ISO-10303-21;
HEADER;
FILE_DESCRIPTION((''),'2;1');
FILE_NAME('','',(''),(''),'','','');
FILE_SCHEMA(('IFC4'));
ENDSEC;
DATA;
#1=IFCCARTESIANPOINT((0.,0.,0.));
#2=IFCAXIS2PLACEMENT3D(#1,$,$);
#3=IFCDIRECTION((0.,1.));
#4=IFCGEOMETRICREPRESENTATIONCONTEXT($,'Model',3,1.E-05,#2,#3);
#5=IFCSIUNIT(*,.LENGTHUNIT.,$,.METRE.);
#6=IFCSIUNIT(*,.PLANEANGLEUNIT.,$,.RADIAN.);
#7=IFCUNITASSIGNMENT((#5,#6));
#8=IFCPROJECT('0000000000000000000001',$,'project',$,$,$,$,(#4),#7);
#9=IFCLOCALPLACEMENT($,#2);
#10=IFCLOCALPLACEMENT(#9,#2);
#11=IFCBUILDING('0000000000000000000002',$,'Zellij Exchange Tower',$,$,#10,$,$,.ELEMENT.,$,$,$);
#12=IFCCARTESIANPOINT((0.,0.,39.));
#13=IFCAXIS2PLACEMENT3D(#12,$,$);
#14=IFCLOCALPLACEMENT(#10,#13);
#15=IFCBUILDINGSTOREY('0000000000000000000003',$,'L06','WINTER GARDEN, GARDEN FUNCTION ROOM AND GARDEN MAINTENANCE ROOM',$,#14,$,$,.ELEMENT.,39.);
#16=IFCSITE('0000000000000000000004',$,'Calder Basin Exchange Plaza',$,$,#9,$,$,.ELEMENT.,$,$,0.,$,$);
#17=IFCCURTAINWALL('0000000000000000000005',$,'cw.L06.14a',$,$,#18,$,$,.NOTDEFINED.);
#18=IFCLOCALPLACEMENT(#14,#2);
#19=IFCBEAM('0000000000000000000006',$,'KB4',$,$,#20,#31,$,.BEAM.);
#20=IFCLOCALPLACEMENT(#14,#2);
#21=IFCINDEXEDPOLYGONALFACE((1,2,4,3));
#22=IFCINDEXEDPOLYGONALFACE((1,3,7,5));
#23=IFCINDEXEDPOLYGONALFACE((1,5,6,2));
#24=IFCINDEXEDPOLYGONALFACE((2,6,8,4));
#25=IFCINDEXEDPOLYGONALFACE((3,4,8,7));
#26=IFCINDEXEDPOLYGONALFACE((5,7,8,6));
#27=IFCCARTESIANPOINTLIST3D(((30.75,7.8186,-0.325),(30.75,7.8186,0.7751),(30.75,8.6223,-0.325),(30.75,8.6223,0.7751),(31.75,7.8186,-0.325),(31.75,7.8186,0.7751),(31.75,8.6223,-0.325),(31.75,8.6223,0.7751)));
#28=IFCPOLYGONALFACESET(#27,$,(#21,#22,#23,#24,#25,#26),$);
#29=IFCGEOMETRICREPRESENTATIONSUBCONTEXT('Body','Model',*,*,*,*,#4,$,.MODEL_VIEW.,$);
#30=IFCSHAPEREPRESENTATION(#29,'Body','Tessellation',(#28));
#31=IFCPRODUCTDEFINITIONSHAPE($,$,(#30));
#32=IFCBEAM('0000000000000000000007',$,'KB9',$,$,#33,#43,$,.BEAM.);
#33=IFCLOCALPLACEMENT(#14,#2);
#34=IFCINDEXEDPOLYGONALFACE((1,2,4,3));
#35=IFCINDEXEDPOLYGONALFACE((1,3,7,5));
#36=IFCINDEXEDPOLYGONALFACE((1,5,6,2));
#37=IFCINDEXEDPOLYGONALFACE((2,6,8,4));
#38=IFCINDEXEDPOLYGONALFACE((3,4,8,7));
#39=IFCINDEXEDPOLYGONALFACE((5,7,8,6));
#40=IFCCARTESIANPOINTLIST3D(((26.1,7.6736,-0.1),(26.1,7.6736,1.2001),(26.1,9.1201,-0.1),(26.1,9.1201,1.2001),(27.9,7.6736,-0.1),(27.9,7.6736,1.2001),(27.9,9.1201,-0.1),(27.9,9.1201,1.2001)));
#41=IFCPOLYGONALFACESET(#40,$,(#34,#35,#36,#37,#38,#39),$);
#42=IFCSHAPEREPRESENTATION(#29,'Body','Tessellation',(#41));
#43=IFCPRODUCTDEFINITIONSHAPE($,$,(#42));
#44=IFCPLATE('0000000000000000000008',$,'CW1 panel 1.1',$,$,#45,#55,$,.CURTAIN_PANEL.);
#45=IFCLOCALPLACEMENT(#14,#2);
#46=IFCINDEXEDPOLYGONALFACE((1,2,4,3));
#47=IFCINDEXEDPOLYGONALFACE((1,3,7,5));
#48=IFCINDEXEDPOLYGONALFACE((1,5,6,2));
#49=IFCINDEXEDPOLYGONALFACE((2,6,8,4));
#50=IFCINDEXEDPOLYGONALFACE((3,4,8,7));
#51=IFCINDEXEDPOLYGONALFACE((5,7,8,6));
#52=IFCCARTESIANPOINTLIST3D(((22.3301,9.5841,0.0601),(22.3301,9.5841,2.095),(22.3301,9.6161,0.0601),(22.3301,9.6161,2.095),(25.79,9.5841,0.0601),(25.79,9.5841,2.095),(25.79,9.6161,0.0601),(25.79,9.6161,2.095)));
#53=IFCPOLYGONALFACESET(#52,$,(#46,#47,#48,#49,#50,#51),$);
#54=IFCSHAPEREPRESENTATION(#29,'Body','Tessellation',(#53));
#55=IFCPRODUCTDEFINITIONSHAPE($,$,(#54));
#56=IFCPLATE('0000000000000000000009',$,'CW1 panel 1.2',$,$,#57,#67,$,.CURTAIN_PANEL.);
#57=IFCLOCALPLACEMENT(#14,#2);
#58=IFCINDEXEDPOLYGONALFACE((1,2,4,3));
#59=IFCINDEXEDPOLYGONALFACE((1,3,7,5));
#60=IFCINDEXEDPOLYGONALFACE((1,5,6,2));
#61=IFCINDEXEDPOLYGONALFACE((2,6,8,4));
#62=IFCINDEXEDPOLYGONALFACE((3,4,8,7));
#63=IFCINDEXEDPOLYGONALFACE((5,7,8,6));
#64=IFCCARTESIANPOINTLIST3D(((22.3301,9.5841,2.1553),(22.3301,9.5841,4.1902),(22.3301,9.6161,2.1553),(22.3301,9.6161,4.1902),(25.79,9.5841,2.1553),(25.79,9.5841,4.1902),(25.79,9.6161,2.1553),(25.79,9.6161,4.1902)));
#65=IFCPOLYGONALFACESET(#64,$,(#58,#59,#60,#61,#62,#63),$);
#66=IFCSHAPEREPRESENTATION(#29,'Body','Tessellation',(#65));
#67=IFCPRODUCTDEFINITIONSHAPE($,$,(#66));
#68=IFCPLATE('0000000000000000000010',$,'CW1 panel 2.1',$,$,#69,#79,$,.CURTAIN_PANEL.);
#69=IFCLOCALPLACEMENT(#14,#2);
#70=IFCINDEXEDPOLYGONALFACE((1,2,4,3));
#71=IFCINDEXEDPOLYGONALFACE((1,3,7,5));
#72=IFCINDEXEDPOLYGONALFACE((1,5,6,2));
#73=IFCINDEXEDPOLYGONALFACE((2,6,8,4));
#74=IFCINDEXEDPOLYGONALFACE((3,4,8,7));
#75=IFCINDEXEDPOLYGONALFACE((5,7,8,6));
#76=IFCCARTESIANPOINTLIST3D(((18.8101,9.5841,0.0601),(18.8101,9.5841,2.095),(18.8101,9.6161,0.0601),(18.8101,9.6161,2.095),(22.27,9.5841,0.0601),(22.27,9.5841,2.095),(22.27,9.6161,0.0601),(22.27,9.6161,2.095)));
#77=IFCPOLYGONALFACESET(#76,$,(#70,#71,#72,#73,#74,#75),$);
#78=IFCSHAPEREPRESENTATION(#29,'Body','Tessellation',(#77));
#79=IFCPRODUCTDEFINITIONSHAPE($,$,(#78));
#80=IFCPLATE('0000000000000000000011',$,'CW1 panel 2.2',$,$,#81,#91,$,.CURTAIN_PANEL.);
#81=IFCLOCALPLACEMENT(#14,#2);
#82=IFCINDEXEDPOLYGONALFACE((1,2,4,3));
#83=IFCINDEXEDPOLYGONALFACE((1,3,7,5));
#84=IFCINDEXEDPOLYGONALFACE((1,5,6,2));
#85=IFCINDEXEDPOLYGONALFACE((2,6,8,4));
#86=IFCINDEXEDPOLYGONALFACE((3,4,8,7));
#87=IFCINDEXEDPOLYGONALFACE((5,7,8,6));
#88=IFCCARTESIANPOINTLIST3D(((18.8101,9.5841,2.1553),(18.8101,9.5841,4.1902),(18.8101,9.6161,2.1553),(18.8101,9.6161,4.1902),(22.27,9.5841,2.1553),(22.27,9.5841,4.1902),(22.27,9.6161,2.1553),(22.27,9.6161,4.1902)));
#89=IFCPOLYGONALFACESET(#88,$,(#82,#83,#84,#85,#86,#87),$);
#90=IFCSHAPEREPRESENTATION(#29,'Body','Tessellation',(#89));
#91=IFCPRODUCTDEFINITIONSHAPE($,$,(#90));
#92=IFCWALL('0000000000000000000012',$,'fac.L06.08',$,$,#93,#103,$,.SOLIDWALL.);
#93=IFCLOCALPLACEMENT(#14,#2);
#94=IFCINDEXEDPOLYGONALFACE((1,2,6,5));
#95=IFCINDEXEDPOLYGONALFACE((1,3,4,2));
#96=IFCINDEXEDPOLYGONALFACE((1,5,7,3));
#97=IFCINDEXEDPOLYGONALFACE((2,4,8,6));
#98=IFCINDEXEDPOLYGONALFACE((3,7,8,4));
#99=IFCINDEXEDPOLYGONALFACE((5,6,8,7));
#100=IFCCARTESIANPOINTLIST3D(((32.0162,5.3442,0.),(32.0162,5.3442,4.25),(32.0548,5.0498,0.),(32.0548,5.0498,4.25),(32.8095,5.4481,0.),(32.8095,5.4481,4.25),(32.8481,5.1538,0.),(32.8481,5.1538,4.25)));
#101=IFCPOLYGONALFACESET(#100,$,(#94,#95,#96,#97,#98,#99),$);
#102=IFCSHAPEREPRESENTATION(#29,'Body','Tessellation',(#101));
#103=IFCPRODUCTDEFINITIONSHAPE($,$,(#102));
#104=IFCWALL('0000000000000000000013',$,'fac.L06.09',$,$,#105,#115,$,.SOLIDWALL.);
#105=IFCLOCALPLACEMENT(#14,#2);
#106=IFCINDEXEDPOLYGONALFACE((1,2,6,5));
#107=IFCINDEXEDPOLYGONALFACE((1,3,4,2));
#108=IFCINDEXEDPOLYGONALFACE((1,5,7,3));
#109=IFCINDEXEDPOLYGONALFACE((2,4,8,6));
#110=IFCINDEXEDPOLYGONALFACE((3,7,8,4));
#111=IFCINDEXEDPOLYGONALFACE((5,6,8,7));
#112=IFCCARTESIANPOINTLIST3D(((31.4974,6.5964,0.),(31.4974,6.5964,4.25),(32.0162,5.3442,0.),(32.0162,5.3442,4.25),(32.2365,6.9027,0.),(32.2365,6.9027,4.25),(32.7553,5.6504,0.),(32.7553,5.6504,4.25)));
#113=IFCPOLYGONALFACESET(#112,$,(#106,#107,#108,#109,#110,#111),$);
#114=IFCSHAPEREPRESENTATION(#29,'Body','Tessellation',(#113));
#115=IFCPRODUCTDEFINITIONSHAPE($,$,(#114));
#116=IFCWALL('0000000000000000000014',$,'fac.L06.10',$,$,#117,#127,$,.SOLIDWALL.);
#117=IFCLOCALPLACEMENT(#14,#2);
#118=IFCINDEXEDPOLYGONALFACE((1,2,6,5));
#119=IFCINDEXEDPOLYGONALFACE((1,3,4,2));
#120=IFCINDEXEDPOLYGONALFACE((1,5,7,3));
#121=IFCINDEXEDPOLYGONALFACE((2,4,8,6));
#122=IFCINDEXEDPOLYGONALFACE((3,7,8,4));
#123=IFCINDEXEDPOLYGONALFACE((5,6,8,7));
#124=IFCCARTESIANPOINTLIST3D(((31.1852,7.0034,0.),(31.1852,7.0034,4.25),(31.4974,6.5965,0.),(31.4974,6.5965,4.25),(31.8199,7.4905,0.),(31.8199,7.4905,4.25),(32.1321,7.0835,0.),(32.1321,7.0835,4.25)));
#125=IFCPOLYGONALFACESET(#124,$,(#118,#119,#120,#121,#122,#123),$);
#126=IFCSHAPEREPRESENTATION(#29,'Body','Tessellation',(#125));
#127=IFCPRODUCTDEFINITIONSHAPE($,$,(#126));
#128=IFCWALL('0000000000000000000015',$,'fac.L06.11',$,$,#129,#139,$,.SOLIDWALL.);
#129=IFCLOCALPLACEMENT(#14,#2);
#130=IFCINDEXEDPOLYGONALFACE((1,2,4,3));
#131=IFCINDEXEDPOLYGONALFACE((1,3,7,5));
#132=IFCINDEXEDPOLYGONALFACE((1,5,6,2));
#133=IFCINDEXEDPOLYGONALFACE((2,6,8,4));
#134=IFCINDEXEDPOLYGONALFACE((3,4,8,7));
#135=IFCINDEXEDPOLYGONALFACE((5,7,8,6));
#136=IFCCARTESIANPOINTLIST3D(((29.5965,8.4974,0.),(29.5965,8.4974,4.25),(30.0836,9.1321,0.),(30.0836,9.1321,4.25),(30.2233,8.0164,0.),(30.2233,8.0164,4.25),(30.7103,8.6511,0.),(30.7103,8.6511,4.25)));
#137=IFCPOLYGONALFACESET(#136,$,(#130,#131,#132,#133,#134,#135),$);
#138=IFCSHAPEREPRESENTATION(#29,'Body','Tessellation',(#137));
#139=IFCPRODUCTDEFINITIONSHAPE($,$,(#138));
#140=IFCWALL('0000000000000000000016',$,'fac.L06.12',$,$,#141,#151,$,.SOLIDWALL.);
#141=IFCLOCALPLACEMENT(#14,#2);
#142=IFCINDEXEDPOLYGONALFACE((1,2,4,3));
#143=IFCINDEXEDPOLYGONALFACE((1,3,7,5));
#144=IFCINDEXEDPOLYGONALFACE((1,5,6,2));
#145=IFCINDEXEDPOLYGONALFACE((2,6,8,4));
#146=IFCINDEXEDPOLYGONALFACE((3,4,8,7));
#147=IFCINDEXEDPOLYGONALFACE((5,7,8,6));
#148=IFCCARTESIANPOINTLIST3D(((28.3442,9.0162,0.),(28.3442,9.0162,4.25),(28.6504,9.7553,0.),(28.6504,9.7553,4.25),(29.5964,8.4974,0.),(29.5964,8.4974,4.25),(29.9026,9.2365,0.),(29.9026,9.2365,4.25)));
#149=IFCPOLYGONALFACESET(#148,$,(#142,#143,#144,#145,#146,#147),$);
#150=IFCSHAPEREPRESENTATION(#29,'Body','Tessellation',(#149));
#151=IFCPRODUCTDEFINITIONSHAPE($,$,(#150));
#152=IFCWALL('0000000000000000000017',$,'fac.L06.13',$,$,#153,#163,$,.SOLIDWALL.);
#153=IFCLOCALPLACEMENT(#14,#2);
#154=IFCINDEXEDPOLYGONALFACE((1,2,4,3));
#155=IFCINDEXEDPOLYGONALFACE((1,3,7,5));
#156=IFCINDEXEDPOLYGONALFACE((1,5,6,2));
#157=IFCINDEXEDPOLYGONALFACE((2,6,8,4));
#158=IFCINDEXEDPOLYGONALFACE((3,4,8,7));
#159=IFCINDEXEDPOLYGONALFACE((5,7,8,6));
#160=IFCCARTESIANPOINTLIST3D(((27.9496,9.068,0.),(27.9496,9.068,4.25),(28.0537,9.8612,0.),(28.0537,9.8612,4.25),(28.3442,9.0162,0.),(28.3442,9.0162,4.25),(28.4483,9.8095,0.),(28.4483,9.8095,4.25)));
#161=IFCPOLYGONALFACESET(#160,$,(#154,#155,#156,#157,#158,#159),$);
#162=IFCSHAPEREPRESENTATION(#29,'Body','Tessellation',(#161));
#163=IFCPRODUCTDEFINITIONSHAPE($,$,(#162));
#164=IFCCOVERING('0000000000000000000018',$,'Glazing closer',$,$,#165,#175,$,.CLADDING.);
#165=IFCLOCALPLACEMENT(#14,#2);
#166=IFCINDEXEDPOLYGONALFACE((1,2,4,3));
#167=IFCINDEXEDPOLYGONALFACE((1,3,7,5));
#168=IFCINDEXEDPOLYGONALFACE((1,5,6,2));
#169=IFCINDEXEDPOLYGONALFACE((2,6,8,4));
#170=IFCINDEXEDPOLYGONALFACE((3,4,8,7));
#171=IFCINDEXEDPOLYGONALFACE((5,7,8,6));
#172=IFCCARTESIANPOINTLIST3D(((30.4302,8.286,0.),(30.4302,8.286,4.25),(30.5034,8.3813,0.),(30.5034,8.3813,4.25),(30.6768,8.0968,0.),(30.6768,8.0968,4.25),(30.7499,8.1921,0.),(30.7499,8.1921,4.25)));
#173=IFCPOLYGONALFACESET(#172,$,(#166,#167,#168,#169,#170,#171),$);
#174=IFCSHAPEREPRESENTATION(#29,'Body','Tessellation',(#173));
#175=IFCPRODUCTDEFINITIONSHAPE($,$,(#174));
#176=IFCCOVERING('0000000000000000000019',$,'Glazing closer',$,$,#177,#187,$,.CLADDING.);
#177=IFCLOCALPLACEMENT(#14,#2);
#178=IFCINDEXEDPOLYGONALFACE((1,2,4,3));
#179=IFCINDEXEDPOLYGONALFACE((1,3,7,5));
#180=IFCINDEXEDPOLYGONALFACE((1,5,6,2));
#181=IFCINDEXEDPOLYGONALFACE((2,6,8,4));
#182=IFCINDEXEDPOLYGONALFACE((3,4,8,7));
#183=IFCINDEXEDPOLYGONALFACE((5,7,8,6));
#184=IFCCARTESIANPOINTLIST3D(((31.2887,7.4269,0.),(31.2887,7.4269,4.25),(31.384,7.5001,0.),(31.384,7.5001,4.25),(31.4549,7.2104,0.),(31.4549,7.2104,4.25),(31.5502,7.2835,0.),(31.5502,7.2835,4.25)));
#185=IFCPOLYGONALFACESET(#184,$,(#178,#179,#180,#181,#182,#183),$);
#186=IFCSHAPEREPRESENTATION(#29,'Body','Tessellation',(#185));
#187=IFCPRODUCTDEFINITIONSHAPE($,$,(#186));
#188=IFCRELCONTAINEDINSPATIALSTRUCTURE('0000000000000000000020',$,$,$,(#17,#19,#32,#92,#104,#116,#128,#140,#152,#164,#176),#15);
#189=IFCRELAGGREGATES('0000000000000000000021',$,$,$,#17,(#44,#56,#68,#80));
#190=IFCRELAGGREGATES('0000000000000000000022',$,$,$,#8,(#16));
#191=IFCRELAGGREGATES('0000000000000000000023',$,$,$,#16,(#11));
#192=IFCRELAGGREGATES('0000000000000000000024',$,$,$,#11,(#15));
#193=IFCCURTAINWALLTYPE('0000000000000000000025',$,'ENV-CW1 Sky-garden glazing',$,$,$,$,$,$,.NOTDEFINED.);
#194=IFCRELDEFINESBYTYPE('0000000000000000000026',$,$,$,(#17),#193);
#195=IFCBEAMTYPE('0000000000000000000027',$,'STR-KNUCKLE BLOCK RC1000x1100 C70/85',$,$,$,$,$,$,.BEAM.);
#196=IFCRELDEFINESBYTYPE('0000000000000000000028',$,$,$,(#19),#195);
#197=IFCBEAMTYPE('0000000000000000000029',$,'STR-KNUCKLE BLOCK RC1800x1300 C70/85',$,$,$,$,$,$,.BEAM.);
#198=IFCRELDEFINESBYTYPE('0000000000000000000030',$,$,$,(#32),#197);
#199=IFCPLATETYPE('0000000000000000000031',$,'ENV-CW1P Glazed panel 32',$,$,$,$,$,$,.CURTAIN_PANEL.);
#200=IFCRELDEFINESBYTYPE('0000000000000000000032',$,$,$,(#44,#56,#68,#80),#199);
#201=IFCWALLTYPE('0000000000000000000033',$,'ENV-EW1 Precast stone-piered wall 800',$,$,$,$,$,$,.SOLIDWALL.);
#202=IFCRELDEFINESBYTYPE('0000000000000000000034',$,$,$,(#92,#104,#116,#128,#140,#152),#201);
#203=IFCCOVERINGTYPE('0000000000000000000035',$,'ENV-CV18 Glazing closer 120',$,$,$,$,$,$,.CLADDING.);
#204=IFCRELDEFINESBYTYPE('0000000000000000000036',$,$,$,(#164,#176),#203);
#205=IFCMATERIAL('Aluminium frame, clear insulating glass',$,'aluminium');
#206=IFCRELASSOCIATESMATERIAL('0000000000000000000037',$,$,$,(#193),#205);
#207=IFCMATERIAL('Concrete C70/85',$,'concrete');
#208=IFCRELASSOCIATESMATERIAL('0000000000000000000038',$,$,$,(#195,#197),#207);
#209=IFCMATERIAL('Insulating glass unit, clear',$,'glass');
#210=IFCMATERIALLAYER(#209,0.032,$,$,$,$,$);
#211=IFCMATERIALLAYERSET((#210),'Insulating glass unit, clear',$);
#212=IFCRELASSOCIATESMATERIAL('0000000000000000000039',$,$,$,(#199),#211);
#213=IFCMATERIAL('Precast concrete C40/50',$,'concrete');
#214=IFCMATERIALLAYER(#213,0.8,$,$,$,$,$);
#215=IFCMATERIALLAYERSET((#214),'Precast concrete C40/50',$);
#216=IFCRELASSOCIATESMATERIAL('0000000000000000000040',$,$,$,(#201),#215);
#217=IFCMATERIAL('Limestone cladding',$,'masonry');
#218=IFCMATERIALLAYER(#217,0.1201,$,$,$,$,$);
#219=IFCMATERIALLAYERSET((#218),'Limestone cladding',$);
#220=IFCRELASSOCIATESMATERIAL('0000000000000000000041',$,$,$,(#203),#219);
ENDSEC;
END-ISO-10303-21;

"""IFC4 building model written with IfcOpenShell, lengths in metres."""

from ifc_helpers import new_model, si_unit, direction, frame, frame_2d, origin, origin_2d, place, context, subcontext, project, spatial, rectangle, extrude, material, layer, layer_set, material_profile, profile_set, type_object, element, aggregate, save


model = new_model("IFC4")

# Units and contexts
model_context = context("Model", 3, precision=1e-05, world=origin(), true_north=direction((0.0, 1.0)))
body_context = subcontext(model_context, "Body", "Model", "MODEL_VIEW")
ifc_project = project(units=[si_unit("LENGTHUNIT", "METRE"), si_unit("PLANEANGLEUNIT", "RADIAN")], contexts=[model_context])

# Site, building, storey
site_placement = place(None, origin())
site = spatial("IfcSite", under=ifc_project, at=site_placement, Name="Calder Basin Exchange Plaza", CompositionType="ELEMENT", RefElevation=0.0)
building_placement = place(site_placement, origin())
building = spatial("IfcBuilding", under=site, at=building_placement, Name="Zellij Exchange Tower", CompositionType="ELEMENT")
storey_placement = place(building_placement, frame((0.0, 0.0, 39.0)))
storey = spatial("IfcBuildingStorey", under=building, at=storey_placement, Name="L06", Description="WINTER GARDEN, GARDEN FUNCTION ROOM AND GARDEN MAINTENANCE ROOM", CompositionType="ELEMENT", Elevation=39.0)

# Shared definitions
ifc_material_1 = material(Name="Concrete C70/85", Category="concrete")

# Curtain wall
ifc_material_2 = material(Name="Aluminium frame, clear insulating glass", Category="aluminium")
curtain_wall_type = type_object("IfcCurtainWallType", Name="ENV-CW1 Sky-garden glazing", PredefinedType="NOTDEFINED", material=ifc_material_2)
curtain_wall_placement = place(storey_placement, origin())
curtain_wall = element("IfcCurtainWall", 1, at=curtain_wall_placement, inside=storey, type_object=curtain_wall_type, Name="cw.L06.14a", PredefinedType="NOTDEFINED")

# Beams
ifc_material_profile_1 = material_profile(ifc_material_1, rectangle(XDim=1.0, YDim=1.1001, at=origin_2d()), Name="STR-KNUCKLE BLOCK RC1000x1100 C70/85")
ifc_profile_set_1 = profile_set([ifc_material_profile_1], Name="Concrete C70/85")
beam_type_1 = type_object("IfcBeamType", Name="STR-KNUCKLE BLOCK RC1000x1100 C70/85", PredefinedType="BEAM", material=ifc_profile_set_1)
beam_1_placement = place(storey_placement, frame((31.25, 7.8186, 0.2251), z_axis=(0.0, 1.0, 0.0), x_axis=(-1.0, 0.0, 0.0)))
element("IfcBeam", 2, at=beam_1_placement, inside=storey, type_object=beam_type_1, Name="KB4", PredefinedType="BEAM", context=body_context, shape_type="SweptSolid", body=[
    extrude(rectangle(XDim=1.0, YDim=1.1001, at=origin_2d()), origin(), (0.0, 0.0, 1.0), 0.8037),
])
ifc_material_profile_2 = material_profile(ifc_material_1, rectangle(XDim=1.8, YDim=1.3, at=origin_2d()), Name="STR-KNUCKLE BLOCK RC1800x1300 C70/85")
ifc_profile_set_2 = profile_set([ifc_material_profile_2], Name="Concrete C70/85")
beam_type_2 = type_object("IfcBeamType", Name="STR-KNUCKLE BLOCK RC1800x1300 C70/85", PredefinedType="BEAM", material=ifc_profile_set_2)
beam_2_placement = place(storey_placement, frame((27.0, 7.6736, 0.55), z_axis=(0.0, 1.0, 0.0), x_axis=(-1.0, 0.0, 0.0)))
element("IfcBeam", 3, at=beam_2_placement, inside=storey, type_object=beam_type_2, Name="KB9", PredefinedType="BEAM", context=body_context, shape_type="SweptSolid", body=[
    extrude(rectangle(XDim=1.8, YDim=1.3, at=origin_2d()), origin(), (0.0, 0.0, 1.0), 1.4465),
])

# Plates
ifc_material_3 = material(Name="Insulating glass unit, clear", Category="glass")
ifc_layer_1 = layer(ifc_material_3, 0.032)
ifc_layer_set_1 = layer_set([ifc_layer_1], Name="Insulating glass unit, clear")
plate_type = type_object("IfcPlateType", Name="ENV-CW1P Glazed panel 32", PredefinedType="CURTAIN_PANEL", material=ifc_layer_set_1)
plate_1_placement = place(storey_placement, frame((24.0601, 9.6001, 0.0601), z_axis=(0.0, 0.0, 1.0), x_axis=(-1.0, 0.0, 0.0)))
plate_1 = element("IfcPlate", 4, at=plate_1_placement, type_object=plate_type, Name="CW1 panel 1.1", PredefinedType="CURTAIN_PANEL", context=body_context, shape_type="SweptSolid", body=[
    extrude(rectangle(XDim=3.46, YDim=0.032, at=origin_2d()), origin(), (0.0, 0.0, 1.0), 2.0349),
])
plate_2_placement = place(storey_placement, frame((24.0601, 9.6001, 2.1553), z_axis=(0.0, 0.0, 1.0), x_axis=(-1.0, 0.0, 0.0)))
plate_2 = element("IfcPlate", 5, at=plate_2_placement, type_object=plate_type, Name="CW1 panel 1.2", PredefinedType="CURTAIN_PANEL", context=body_context, shape_type="SweptSolid", body=[
    extrude(rectangle(XDim=3.46, YDim=0.032, at=origin_2d()), origin(), (0.0, 0.0, 1.0), 2.0349),
])
plate_3_placement = place(storey_placement, frame((20.54, 9.6001, 0.0601), z_axis=(0.0, 0.0, 1.0), x_axis=(-1.0, 0.0, 0.0)))
plate_3 = element("IfcPlate", 6, at=plate_3_placement, type_object=plate_type, Name="CW1 panel 2.1", PredefinedType="CURTAIN_PANEL", context=body_context, shape_type="SweptSolid", body=[
    extrude(rectangle(XDim=3.46, YDim=0.032, at=origin_2d()), origin(), (0.0, 0.0, 1.0), 2.0349),
])
plate_4_placement = place(storey_placement, frame((20.54, 9.6001, 2.1553), z_axis=(0.0, 0.0, 1.0), x_axis=(-1.0, 0.0, 0.0)))
plate_4 = element("IfcPlate", 7, at=plate_4_placement, type_object=plate_type, Name="CW1 panel 2.2", PredefinedType="CURTAIN_PANEL", context=body_context, shape_type="SweptSolid", body=[
    extrude(rectangle(XDim=3.46, YDim=0.032, at=origin_2d()), origin(), (0.0, 0.0, 1.0), 2.0349),
])
aggregate(curtain_wall, [plate_1, plate_2, plate_3, plate_4])

# Walls
ifc_material_4 = material(Name="Precast concrete C40/50", Category="concrete")
ifc_layer_2 = layer(ifc_material_4, 0.8)
ifc_layer_set_2 = layer_set([ifc_layer_2], Name="Precast concrete C40/50")
wall_type = type_object("IfcWallType", Name="ENV-EW1 Precast stone-piered wall 800", PredefinedType="SOLIDWALL", material=ifc_layer_set_2)
wall_1_placement = place(storey_placement, frame((32.4514, 5.1018, 0.0), z_axis=(0.0, 0.0, 1.0), x_axis=(-0.129902, 0.991527, 0.0)))
element("IfcWall", 8, at=wall_1_placement, inside=storey, type_object=wall_type, Name="fac.L06.08", PredefinedType="SOLIDWALL", context=body_context, shape_type="SweptSolid", body=[
    extrude(rectangle(XDim=0.2969, YDim=0.8, at=frame_2d((0.1484, 0.0))), origin(), (0.0, 0.0, 1.0), 4.25),
])
wall_2_placement = place(storey_placement, frame((32.3857, 5.4973, 0.0), z_axis=(0.0, 0.0, 1.0), x_axis=(-0.38276, 0.923848, 0.0)))
element("IfcWall", 9, at=wall_2_placement, inside=storey, type_object=wall_type, Name="fac.L06.09", PredefinedType="SOLIDWALL", context=body_context, shape_type="SweptSolid", body=[
    extrude(rectangle(XDim=1.3555, YDim=0.8, at=frame_2d((0.6777, 0.0))), origin(), (0.0, 0.0, 1.0), 4.25),
])
wall_3_placement = place(storey_placement, frame((31.8147, 6.8401, 0.0), z_axis=(0.0, 0.0, 1.0), x_axis=(-0.608721, 0.793384, 0.0)))
element("IfcWall", 10, at=wall_3_placement, inside=storey, type_object=wall_type, Name="fac.L06.10", PredefinedType="SOLIDWALL", context=body_context, shape_type="SweptSolid", body=[
    extrude(rectangle(XDim=0.5129, YDim=0.8, at=frame_2d((0.2563, 0.0))), origin(), (0.0, 0.0, 1.0), 4.25),
])
wall_4_placement = place(storey_placement, frame((30.4668, 8.3337, 0.0), z_axis=(0.0, 0.0, 1.0), x_axis=(-0.793313, 0.608814, 0.0)))
element("IfcWall", 11, at=wall_4_placement, inside=storey, type_object=wall_type, Name="fac.L06.11", PredefinedType="SOLIDWALL", context=body_context, shape_type="SweptSolid", body=[
    extrude(rectangle(XDim=0.79, YDim=0.8, at=frame_2d((0.395, 0.0))), origin(), (0.0, 0.0, 1.0), 4.25),
])
wall_5_placement = place(storey_placement, frame((29.7495, 8.8669, 0.0), z_axis=(0.0, 0.0, 1.0), x_axis=(-0.923848, 0.38276, 0.0)))
element("IfcWall", 12, at=wall_5_placement, inside=storey, type_object=wall_type, Name="fac.L06.12", PredefinedType="SOLIDWALL", context=body_context, shape_type="SweptSolid", body=[
    extrude(rectangle(XDim=1.3555, YDim=0.8, at=frame_2d((0.6777, 0.0))), origin(), (0.0, 0.0, 1.0), 4.25),
])
wall_6_placement = place(storey_placement, frame((28.3962, 9.4128, 0.0), z_axis=(0.0, 0.0, 1.0), x_axis=(-0.991504, 0.130074, 0.0)))
element("IfcWall", 13, at=wall_6_placement, inside=storey, type_object=wall_type, Name="fac.L06.13", PredefinedType="SOLIDWALL", context=body_context, shape_type="SweptSolid", body=[
    extrude(rectangle(XDim=0.3979, YDim=0.8, at=frame_2d((0.199, 0.0))), origin(), (0.0, 0.0, 1.0), 4.25),
])

# Coverings
ifc_material_5 = material(Name="Limestone cladding", Category="masonry")
ifc_layer_3 = layer(ifc_material_5, 0.1201)
ifc_layer_set_3 = layer_set([ifc_layer_3], Name="Limestone cladding")
covering_type = type_object("IfcCoveringType", Name="ENV-CV18 Glazing closer 120", PredefinedType="CLADDING", material=ifc_layer_set_3)
covering_1_placement = place(storey_placement, frame((30.5901, 8.239, 0.0), z_axis=(0.0, 0.0, 1.0), x_axis=(0.793316, -0.60881, 0.0)))
element("IfcCovering", 14, at=covering_1_placement, inside=storey, type_object=covering_type, Name="Glazing closer", PredefinedType="CLADDING", context=body_context, shape_type="SweptSolid", body=[
    extrude(rectangle(XDim=0.3108, YDim=0.1201, at=origin_2d()), origin(), (0.0, 0.0, 1.0), 4.25),
])
covering_2_placement = place(storey_placement, frame((31.4194, 7.3552, 0.0), z_axis=(0.0, 0.0, 1.0), x_axis=(-0.60881, 0.793316, 0.0)))
element("IfcCovering", 15, at=covering_2_placement, inside=storey, type_object=covering_type, Name="Glazing closer", PredefinedType="CLADDING", context=body_context, shape_type="SweptSolid", body=[
    extrude(rectangle(XDim=0.2729, YDim=0.1201, at=origin_2d()), origin(), (0.0, 0.0, 1.0), 4.25),
])

save(model, "model.ifc")
